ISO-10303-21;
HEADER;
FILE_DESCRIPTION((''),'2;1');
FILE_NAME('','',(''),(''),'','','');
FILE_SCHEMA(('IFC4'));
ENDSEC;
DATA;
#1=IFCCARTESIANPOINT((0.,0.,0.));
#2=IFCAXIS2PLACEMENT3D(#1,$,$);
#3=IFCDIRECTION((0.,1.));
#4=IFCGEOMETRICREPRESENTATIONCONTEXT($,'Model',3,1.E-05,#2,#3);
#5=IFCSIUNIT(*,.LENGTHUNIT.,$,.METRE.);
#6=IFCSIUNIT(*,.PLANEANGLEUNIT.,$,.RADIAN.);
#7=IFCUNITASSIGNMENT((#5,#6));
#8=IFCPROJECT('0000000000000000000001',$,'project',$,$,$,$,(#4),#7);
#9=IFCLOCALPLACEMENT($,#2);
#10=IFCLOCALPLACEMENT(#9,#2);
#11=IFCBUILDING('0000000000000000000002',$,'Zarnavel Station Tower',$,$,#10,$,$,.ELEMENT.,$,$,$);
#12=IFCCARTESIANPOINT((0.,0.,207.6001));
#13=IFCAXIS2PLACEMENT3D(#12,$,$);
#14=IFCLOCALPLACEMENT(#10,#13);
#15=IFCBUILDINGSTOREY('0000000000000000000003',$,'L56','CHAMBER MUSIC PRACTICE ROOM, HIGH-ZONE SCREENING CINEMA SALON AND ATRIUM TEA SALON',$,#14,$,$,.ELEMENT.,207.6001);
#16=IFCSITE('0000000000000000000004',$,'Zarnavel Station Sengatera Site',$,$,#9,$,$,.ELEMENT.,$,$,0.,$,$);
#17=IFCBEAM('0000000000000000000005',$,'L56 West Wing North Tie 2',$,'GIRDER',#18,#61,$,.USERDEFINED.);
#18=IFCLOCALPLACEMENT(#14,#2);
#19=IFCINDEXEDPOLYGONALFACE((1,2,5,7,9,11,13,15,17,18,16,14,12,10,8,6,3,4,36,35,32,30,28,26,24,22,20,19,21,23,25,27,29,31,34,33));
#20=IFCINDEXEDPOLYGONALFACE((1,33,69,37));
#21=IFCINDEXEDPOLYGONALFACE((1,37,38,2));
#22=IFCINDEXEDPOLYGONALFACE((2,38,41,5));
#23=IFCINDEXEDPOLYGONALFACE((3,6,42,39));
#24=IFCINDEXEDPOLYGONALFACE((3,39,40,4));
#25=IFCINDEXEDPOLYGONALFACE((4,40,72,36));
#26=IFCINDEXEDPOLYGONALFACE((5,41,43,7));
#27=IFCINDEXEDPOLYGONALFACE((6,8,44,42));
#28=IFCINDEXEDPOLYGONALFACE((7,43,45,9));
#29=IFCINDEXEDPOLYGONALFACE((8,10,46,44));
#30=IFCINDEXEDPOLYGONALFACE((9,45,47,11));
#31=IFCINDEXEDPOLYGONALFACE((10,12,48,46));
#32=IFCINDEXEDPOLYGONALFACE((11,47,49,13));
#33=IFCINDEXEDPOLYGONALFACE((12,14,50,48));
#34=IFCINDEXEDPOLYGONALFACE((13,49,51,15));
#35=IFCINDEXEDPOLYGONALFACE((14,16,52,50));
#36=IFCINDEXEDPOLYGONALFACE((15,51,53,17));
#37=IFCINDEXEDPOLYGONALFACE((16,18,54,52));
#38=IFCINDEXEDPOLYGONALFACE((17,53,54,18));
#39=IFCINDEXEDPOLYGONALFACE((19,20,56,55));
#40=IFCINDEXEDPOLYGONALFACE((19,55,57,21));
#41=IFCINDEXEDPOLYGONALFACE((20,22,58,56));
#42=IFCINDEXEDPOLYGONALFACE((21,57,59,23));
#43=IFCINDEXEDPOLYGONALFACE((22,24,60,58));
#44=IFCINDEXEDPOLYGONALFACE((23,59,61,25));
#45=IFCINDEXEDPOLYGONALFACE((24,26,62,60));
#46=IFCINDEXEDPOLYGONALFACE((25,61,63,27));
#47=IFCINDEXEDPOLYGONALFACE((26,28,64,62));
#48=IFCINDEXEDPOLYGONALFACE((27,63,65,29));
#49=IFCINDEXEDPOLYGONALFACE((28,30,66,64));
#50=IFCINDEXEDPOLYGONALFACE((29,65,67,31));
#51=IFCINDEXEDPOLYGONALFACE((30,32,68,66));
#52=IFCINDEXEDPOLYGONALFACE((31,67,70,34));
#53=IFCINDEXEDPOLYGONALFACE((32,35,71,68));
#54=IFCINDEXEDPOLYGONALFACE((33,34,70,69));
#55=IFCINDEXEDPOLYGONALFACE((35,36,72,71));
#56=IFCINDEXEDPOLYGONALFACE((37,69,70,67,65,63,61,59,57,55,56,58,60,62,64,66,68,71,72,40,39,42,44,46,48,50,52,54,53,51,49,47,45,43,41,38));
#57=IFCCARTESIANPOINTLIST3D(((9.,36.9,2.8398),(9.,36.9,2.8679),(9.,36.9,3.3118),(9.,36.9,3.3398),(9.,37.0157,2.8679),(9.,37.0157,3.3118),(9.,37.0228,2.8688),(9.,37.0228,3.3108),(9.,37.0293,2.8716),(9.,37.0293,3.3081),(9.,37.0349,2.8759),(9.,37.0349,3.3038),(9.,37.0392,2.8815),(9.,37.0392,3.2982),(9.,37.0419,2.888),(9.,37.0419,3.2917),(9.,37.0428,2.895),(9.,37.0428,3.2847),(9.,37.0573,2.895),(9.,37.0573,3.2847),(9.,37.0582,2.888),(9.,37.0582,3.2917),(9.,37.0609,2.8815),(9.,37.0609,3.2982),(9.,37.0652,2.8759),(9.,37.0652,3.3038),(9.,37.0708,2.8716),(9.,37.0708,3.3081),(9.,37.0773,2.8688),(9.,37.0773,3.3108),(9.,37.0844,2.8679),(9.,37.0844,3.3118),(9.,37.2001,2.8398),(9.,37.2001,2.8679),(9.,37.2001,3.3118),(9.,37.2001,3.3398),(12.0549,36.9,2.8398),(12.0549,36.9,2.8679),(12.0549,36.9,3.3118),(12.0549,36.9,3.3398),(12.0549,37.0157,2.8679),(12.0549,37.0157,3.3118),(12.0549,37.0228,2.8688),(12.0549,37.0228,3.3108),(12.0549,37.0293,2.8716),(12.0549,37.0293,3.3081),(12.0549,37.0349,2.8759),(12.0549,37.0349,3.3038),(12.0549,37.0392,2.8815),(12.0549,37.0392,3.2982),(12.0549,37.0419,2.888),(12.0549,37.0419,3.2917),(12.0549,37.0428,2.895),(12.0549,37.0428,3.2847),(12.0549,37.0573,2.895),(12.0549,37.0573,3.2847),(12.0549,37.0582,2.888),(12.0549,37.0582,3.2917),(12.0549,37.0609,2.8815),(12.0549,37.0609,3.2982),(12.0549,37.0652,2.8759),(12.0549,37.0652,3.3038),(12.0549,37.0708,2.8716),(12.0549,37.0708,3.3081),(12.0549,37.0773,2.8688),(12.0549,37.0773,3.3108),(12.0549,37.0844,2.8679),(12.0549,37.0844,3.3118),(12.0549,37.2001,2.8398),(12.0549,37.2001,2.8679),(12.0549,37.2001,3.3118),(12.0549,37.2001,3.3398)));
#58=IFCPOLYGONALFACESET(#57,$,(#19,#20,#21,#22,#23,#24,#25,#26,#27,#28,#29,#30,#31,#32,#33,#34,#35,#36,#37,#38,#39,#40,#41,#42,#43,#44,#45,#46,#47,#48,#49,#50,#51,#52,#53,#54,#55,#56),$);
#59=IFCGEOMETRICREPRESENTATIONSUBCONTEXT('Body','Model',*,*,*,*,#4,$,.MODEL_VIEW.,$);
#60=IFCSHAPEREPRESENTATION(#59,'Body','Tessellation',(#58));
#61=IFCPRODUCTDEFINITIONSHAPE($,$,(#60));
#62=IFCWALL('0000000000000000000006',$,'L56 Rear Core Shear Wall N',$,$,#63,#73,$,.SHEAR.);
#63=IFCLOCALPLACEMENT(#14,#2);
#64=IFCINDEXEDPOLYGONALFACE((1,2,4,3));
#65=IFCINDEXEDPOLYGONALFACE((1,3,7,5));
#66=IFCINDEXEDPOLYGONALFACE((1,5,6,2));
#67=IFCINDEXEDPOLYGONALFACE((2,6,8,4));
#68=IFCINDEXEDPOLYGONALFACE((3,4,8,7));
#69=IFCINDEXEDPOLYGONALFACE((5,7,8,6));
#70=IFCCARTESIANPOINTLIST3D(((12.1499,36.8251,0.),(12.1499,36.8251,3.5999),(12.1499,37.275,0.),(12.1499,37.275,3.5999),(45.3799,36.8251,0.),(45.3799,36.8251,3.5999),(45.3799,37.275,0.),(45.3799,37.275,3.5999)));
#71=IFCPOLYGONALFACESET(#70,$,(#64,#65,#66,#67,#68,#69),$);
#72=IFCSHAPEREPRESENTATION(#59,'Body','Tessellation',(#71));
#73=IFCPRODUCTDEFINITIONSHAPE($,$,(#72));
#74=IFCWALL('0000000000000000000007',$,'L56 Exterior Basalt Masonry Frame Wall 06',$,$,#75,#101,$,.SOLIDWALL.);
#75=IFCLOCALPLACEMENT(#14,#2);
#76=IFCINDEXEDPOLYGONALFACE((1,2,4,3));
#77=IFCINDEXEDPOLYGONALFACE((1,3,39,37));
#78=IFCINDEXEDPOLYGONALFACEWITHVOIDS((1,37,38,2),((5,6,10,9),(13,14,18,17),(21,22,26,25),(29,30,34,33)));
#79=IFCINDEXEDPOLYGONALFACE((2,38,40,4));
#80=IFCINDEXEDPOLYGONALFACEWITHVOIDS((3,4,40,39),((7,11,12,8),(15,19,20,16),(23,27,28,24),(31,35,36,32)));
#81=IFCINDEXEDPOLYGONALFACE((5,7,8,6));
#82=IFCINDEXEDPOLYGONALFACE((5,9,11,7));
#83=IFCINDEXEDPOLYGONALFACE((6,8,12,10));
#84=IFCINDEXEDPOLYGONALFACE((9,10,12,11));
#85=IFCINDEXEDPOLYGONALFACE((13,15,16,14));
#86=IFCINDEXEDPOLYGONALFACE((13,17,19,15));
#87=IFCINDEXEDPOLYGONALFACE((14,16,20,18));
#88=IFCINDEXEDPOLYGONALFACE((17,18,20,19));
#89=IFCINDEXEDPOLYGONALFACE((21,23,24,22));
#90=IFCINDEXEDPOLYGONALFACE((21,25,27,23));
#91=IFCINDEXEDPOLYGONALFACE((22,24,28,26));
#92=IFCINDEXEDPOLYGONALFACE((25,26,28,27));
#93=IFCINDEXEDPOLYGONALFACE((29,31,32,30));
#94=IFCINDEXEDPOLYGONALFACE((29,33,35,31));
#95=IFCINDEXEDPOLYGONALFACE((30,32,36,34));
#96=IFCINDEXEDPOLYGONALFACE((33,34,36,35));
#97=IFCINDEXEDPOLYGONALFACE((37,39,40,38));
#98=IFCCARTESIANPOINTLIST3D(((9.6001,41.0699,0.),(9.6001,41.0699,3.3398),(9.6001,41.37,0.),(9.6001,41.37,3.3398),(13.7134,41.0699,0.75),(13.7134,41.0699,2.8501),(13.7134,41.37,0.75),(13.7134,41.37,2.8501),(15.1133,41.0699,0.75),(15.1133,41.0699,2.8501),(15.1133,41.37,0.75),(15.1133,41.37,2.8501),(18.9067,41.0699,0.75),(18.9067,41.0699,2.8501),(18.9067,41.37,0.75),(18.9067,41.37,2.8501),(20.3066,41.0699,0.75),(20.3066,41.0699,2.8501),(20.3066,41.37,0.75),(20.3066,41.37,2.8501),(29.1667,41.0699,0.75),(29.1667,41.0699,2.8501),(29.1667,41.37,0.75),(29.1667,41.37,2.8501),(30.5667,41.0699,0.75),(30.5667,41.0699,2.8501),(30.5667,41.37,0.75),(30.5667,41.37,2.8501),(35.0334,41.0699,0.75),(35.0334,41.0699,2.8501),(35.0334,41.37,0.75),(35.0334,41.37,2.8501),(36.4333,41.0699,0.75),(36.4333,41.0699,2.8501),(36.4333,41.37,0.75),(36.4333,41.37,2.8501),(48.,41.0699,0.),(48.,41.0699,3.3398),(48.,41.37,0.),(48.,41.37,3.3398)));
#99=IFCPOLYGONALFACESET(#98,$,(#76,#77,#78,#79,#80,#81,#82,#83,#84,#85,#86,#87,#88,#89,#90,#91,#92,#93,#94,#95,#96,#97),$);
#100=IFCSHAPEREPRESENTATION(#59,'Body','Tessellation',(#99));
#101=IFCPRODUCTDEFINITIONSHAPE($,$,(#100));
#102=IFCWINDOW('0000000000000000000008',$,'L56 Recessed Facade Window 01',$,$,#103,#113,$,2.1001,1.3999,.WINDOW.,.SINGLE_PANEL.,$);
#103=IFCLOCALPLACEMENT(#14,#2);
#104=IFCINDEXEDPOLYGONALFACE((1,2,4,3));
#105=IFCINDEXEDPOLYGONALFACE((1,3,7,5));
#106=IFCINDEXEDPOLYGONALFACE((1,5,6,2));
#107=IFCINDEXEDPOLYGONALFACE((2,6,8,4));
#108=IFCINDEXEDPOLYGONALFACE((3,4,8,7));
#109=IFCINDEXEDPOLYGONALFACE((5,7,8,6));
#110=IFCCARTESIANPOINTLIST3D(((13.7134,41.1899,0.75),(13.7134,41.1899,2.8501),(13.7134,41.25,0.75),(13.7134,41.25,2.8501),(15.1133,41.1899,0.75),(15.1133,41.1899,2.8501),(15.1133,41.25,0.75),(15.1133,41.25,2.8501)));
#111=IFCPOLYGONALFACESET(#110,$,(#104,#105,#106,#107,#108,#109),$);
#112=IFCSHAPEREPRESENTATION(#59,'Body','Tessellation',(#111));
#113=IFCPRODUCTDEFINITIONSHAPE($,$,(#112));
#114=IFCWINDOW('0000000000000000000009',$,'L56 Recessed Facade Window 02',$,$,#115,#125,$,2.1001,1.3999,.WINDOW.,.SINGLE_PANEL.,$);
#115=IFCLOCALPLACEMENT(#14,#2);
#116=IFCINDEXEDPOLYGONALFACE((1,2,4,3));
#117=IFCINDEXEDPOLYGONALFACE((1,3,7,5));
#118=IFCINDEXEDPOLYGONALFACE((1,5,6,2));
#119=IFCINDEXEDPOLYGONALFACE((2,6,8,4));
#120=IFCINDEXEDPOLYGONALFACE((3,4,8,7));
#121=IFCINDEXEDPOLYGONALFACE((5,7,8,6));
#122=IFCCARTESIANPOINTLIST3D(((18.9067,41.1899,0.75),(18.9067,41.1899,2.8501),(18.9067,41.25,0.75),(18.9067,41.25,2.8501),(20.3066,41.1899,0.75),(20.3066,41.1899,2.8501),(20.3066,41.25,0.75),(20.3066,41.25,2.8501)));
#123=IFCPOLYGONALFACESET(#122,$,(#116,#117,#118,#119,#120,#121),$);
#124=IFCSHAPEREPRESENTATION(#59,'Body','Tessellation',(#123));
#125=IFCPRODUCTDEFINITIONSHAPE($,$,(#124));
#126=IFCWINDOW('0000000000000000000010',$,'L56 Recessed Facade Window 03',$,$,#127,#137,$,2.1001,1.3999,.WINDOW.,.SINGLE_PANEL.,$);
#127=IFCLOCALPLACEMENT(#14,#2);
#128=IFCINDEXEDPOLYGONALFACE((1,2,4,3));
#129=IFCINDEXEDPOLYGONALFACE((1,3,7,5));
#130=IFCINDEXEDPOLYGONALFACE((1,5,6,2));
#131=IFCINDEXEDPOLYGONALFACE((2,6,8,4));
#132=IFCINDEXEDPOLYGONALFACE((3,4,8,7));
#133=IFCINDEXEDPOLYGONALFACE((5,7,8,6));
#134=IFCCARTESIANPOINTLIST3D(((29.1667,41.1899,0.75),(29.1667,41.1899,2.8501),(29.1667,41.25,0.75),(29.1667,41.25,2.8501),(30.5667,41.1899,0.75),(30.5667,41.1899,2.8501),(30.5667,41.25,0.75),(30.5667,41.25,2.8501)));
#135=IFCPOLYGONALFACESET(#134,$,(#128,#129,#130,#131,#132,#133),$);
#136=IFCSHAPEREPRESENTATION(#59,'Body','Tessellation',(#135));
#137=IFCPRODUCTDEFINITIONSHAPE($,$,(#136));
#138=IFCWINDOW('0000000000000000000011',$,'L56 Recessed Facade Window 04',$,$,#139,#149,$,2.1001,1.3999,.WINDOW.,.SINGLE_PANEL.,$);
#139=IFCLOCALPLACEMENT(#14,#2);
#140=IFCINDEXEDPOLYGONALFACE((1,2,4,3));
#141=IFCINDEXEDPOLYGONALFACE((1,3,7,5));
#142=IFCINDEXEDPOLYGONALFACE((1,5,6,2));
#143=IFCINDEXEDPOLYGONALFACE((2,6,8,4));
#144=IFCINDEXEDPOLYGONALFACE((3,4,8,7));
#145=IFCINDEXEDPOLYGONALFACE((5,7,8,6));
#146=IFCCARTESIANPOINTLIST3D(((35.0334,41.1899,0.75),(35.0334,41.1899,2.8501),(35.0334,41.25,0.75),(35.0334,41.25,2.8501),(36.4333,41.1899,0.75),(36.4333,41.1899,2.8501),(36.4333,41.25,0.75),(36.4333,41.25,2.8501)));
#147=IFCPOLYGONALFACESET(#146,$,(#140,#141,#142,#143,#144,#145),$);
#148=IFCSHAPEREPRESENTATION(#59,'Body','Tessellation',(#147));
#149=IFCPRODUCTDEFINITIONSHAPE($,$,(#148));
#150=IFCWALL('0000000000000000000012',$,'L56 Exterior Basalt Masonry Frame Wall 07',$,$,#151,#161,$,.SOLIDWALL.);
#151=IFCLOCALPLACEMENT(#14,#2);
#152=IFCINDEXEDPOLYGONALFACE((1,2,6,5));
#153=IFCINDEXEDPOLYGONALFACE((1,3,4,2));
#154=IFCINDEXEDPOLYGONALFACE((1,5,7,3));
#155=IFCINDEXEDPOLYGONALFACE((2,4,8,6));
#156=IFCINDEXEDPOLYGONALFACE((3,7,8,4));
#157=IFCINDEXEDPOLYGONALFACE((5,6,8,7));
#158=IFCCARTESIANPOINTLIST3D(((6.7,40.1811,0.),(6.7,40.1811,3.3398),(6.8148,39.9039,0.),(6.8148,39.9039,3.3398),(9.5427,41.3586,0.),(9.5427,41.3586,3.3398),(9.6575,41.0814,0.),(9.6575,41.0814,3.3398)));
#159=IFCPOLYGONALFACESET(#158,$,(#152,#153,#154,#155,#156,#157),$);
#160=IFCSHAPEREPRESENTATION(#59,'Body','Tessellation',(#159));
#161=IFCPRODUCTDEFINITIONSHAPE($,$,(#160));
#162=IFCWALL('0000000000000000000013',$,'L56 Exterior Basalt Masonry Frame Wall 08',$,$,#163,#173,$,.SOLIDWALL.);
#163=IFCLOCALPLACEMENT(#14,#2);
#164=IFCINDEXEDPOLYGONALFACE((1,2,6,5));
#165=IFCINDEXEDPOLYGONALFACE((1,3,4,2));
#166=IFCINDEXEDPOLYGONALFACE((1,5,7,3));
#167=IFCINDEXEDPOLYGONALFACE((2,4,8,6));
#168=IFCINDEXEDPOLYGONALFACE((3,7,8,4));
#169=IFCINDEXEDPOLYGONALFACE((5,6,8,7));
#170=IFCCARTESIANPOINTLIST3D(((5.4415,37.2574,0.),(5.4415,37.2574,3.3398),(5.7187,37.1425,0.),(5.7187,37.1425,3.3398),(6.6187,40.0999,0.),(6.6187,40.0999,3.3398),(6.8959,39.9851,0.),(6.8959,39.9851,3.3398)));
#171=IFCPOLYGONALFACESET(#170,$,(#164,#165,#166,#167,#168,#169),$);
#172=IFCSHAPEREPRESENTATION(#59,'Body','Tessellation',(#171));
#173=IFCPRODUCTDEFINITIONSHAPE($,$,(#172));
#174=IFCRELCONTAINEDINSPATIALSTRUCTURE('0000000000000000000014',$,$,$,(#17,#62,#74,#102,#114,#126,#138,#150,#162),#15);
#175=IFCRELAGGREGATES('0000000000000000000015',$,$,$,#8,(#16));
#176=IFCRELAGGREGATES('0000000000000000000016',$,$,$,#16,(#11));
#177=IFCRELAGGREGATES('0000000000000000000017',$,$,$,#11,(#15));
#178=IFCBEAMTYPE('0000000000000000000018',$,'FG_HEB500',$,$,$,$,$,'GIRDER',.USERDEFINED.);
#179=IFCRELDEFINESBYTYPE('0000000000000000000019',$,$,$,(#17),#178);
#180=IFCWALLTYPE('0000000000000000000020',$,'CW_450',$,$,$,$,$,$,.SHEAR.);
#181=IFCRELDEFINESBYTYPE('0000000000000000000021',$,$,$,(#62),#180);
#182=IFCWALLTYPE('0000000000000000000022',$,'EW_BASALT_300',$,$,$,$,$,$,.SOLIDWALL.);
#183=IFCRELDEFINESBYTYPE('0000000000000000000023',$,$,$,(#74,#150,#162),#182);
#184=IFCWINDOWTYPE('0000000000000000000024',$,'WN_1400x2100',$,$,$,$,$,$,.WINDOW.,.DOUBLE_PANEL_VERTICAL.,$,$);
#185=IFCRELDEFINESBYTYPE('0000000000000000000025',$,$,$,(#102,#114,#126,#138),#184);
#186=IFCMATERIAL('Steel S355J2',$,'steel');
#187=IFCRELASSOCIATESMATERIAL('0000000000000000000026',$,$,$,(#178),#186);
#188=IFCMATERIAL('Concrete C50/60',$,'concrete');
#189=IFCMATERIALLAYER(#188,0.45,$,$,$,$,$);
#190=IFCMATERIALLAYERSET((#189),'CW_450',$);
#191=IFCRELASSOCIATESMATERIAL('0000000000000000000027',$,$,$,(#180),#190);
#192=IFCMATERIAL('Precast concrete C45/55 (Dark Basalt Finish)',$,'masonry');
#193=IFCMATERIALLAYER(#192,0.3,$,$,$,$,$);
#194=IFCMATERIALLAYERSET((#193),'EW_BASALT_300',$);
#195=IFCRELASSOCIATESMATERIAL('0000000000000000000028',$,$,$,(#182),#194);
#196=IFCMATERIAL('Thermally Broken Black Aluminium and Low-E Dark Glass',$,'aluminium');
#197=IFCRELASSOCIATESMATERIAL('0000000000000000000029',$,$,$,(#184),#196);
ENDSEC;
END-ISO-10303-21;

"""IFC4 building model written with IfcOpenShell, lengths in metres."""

from ifc_helpers import new_model, si_unit, direction, frame, frame_2d, origin, origin_2d, place, context, subcontext, project, spatial, rectangle, i_section, extrude, material, layer, layer_set, material_profile, profile_set, type_object, element, fill, save


model = new_model("IFC4")

# Units and contexts
model_context = context("Model", 3, precision=1e-05, world=origin(), true_north=direction((0.0, 1.0)))
body_context = subcontext(model_context, "Body", "Model", "MODEL_VIEW")
ifc_project = project(units=[si_unit("LENGTHUNIT", "METRE"), si_unit("PLANEANGLEUNIT", "RADIAN")], contexts=[model_context])

# Site, building, storey
site_placement = place(None, origin())
site = spatial("IfcSite", under=ifc_project, at=site_placement, Name="Zarnavel Station Sengatera Site", CompositionType="ELEMENT", RefElevation=0.0)
building_placement = place(site_placement, origin())
building = spatial("IfcBuilding", under=site, at=building_placement, Name="Zarnavel Station Tower", CompositionType="ELEMENT")
storey_placement = place(building_placement, frame((0.0, 0.0, 207.6001)))
storey = spatial("IfcBuildingStorey", under=building, at=storey_placement, Name="L56", Description="CHAMBER MUSIC PRACTICE ROOM, HIGH-ZONE SCREENING CINEMA SALON AND ATRIUM TEA SALON", CompositionType="ELEMENT", Elevation=207.6001)

# Beam
ifc_material_1 = material(Name="Steel S355J2", Category="steel")
ifc_material_profile_1 = material_profile(ifc_material_1, i_section(OverallWidth=0.3, OverallDepth=0.5, WebThickness=0.0144, FlangeThickness=0.0281, FilletRadius=0.0271, at=origin_2d()), Name="HEB500")
ifc_profile_set_1 = profile_set([ifc_material_profile_1], Name="Steel S355J2")
beam_type = type_object("IfcBeamType", Name="FG_HEB500", ElementType="GIRDER", PredefinedType="USERDEFINED", material=ifc_profile_set_1)
beam_1_placement = place(storey_placement, frame((9.0, 37.05, 3.0898), z_axis=(1.0, 0.0, 0.0), x_axis=(0.0, 1.0, 0.0)))
element("IfcBeam", 1, at=beam_1_placement, inside=storey, type_object=beam_type, Name="L56 West Wing North Tie 2", ObjectType="GIRDER", PredefinedType="USERDEFINED", context=body_context, shape_type="SweptSolid", body=[
    extrude(i_section(OverallWidth=0.3, OverallDepth=0.5, WebThickness=0.0144, FlangeThickness=0.0281, FilletRadius=0.0271, at=origin_2d()), origin(), (0.0, 0.0, 1.0), 3.0549),
])

# Wall
ifc_material_2 = material(Name="Concrete C50/60", Category="concrete")
ifc_layer_1 = layer(ifc_material_2, 0.45)
ifc_layer_set_1 = layer_set([ifc_layer_1], Name="CW_450")
wall_type_1 = type_object("IfcWallType", Name="CW_450", PredefinedType="SHEAR", material=ifc_layer_set_1)
wall_1_placement = place(storey_placement, frame((12.1499, 37.05, 0.0), z_axis=(0.0, 0.0, 1.0), x_axis=(1.0, 0.0, 0.0)))
element("IfcWall", 2, at=wall_1_placement, inside=storey, type_object=wall_type_1, Name="L56 Rear Core Shear Wall N", PredefinedType="SHEAR", context=body_context, shape_type="SweptSolid", body=[
    extrude(rectangle(XDim=33.23, YDim=0.45, at=frame_2d((16.615, 0.0))), origin(), (0.0, 0.0, 1.0), 3.5999),
])

# Wall, openings, windows
ifc_material_3 = material(Name="Precast concrete C45/55 (Dark Basalt Finish)", Category="masonry")
ifc_layer_2 = layer(ifc_material_3, 0.3)
ifc_layer_set_2 = layer_set([ifc_layer_2], Name="EW_BASALT_300")
wall_type_2 = type_object("IfcWallType", Name="EW_BASALT_300", PredefinedType="SOLIDWALL", material=ifc_layer_set_2)
wall_2_placement = place(storey_placement, frame((9.6001, 41.22, 0.0), z_axis=(0.0, 0.0, 1.0), x_axis=(1.0, 0.0, 0.0)))
wall_2 = element("IfcWall", 3, at=wall_2_placement, inside=storey, type_object=wall_type_2, Name="L56 Exterior Basalt Masonry Frame Wall 06", PredefinedType="SOLIDWALL", context=body_context, shape_type="SweptSolid", body=[
    extrude(rectangle(XDim=38.3999, YDim=0.3, at=frame_2d((19.2, 0.0))), origin(), (0.0, 0.0, 1.0), 3.3398),
])
opening_1_placement = place(wall_2_placement, frame((4.1133, 0.0, 0.75)))
opening_1 = element("IfcOpeningElement", 4, at=opening_1_placement, cuts=wall_2, PredefinedType="OPENING", context=body_context, shape_type="SweptSolid", body=[
    extrude(rectangle(XDim=1.3999, YDim=2.1001, at=frame_2d((0.7, 1.05))), frame((0.0, 0.1599, 0.0), z_axis=(0.0, -1.0, 0.0), x_axis=(1.0, 0.0, 0.0)), (0.0, 0.0, 1.0), 0.3201),
])
opening_2_placement = place(wall_2_placement, frame((9.3066, 0.0, 0.75)))
opening_2 = element("IfcOpeningElement", 5, at=opening_2_placement, cuts=wall_2, PredefinedType="OPENING", context=body_context, shape_type="SweptSolid", body=[
    extrude(rectangle(XDim=1.3999, YDim=2.1001, at=frame_2d((0.7, 1.05))), frame((0.0, 0.1599, 0.0), z_axis=(0.0, -1.0, 0.0), x_axis=(1.0, 0.0, 0.0)), (0.0, 0.0, 1.0), 0.3201),
])
opening_3_placement = place(wall_2_placement, frame((19.5667, 0.0, 0.75)))
opening_3 = element("IfcOpeningElement", 6, at=opening_3_placement, cuts=wall_2, PredefinedType="OPENING", context=body_context, shape_type="SweptSolid", body=[
    extrude(rectangle(XDim=1.3999, YDim=2.1001, at=frame_2d((0.7, 1.05))), frame((0.0, 0.1599, 0.0), z_axis=(0.0, -1.0, 0.0), x_axis=(1.0, 0.0, 0.0)), (0.0, 0.0, 1.0), 0.3201),
])
opening_4_placement = place(wall_2_placement, frame((25.4333, 0.0, 0.75)))
opening_4 = element("IfcOpeningElement", 7, at=opening_4_placement, cuts=wall_2, PredefinedType="OPENING", context=body_context, shape_type="SweptSolid", body=[
    extrude(rectangle(XDim=1.3999, YDim=2.1001, at=frame_2d((0.7, 1.05))), frame((0.0, 0.1599, 0.0), z_axis=(0.0, -1.0, 0.0), x_axis=(1.0, 0.0, 0.0)), (0.0, 0.0, 1.0), 0.3201),
])
ifc_material_4 = material(Name="Thermally Broken Black Aluminium and Low-E Dark Glass", Category="aluminium")
window_type = type_object("IfcWindowType", Name="WN_1400x2100", PartitioningType="DOUBLE_PANEL_VERTICAL", PredefinedType="WINDOW", material=ifc_material_4)
window_1_placement = place(opening_1_placement, origin())
window_1 = element("IfcWindow", 8, at=window_1_placement, inside=storey, type_object=window_type, Name="L56 Recessed Facade Window 01", OverallHeight=2.1001, OverallWidth=1.3999, PartitioningType="SINGLE_PANEL", PredefinedType="WINDOW", context=body_context, shape_type="SweptSolid", body=[
    extrude(rectangle(XDim=1.3999, YDim=2.1001, at=frame_2d((0.7, 1.05))), frame((0.0, 0.03, 0.0), z_axis=(0.0, -1.0, 0.0), x_axis=(1.0, 0.0, 0.0)), (0.0, 0.0, 1.0), 0.0601),
])
fill(opening_1, window_1)
window_2_placement = place(opening_2_placement, origin())
window_2 = element("IfcWindow", 9, at=window_2_placement, inside=storey, type_object=window_type, Name="L56 Recessed Facade Window 02", OverallHeight=2.1001, OverallWidth=1.3999, PartitioningType="SINGLE_PANEL", PredefinedType="WINDOW", context=body_context, shape_type="SweptSolid", body=[
    extrude(rectangle(XDim=1.3999, YDim=2.1001, at=frame_2d((0.7, 1.05))), frame((0.0, 0.03, 0.0), z_axis=(0.0, -1.0, 0.0), x_axis=(1.0, 0.0, 0.0)), (0.0, 0.0, 1.0), 0.0601),
])
fill(opening_2, window_2)
window_3_placement = place(opening_3_placement, origin())
window_3 = element("IfcWindow", 10, at=window_3_placement, inside=storey, type_object=window_type, Name="L56 Recessed Facade Window 03", OverallHeight=2.1001, OverallWidth=1.3999, PartitioningType="SINGLE_PANEL", PredefinedType="WINDOW", context=body_context, shape_type="SweptSolid", body=[
    extrude(rectangle(XDim=1.3999, YDim=2.1001, at=frame_2d((0.7, 1.05))), frame((0.0, 0.03, 0.0), z_axis=(0.0, -1.0, 0.0), x_axis=(1.0, 0.0, 0.0)), (0.0, 0.0, 1.0), 0.0601),
])
fill(opening_3, window_3)
window_4_placement = place(opening_4_placement, origin())
window_4 = element("IfcWindow", 11, at=window_4_placement, inside=storey, type_object=window_type, Name="L56 Recessed Facade Window 04", OverallHeight=2.1001, OverallWidth=1.3999, PartitioningType="SINGLE_PANEL", PredefinedType="WINDOW", context=body_context, shape_type="SweptSolid", body=[
    extrude(rectangle(XDim=1.3999, YDim=2.1001, at=frame_2d((0.7, 1.05))), frame((0.0, 0.03, 0.0), z_axis=(0.0, -1.0, 0.0), x_axis=(1.0, 0.0, 0.0)), (0.0, 0.0, 1.0), 0.0601),
])
fill(opening_4, window_4)

# Walls
wall_3_placement = place(storey_placement, frame((6.7573, 40.0425, 0.0), z_axis=(0.0, 0.0, 1.0), x_axis=(0.923882, 0.382676, 0.0)))
element("IfcWall", 12, at=wall_3_placement, inside=storey, type_object=wall_type_2, Name="L56 Exterior Basalt Masonry Frame Wall 07", PredefinedType="SOLIDWALL", context=body_context, shape_type="SweptSolid", body=[
    extrude(rectangle(XDim=3.0769, YDim=0.3, at=frame_2d((1.5386, 0.0))), origin(), (0.0, 0.0, 1.0), 3.3398),
])
wall_4_placement = place(storey_placement, frame((5.5801, 37.2, 0.0), z_axis=(0.0, 0.0, 1.0), x_axis=(0.382637, 0.923899, 0.0)))
element("IfcWall", 13, at=wall_4_placement, inside=storey, type_object=wall_type_2, Name="L56 Exterior Basalt Masonry Frame Wall 08", PredefinedType="SOLIDWALL", context=body_context, shape_type="SweptSolid", body=[
    extrude(rectangle(XDim=3.0767, YDim=0.3, at=frame_2d((1.5383, 0.0))), origin(), (0.0, 0.0, 1.0), 3.3398),
])

save(model, "model.ifc")
